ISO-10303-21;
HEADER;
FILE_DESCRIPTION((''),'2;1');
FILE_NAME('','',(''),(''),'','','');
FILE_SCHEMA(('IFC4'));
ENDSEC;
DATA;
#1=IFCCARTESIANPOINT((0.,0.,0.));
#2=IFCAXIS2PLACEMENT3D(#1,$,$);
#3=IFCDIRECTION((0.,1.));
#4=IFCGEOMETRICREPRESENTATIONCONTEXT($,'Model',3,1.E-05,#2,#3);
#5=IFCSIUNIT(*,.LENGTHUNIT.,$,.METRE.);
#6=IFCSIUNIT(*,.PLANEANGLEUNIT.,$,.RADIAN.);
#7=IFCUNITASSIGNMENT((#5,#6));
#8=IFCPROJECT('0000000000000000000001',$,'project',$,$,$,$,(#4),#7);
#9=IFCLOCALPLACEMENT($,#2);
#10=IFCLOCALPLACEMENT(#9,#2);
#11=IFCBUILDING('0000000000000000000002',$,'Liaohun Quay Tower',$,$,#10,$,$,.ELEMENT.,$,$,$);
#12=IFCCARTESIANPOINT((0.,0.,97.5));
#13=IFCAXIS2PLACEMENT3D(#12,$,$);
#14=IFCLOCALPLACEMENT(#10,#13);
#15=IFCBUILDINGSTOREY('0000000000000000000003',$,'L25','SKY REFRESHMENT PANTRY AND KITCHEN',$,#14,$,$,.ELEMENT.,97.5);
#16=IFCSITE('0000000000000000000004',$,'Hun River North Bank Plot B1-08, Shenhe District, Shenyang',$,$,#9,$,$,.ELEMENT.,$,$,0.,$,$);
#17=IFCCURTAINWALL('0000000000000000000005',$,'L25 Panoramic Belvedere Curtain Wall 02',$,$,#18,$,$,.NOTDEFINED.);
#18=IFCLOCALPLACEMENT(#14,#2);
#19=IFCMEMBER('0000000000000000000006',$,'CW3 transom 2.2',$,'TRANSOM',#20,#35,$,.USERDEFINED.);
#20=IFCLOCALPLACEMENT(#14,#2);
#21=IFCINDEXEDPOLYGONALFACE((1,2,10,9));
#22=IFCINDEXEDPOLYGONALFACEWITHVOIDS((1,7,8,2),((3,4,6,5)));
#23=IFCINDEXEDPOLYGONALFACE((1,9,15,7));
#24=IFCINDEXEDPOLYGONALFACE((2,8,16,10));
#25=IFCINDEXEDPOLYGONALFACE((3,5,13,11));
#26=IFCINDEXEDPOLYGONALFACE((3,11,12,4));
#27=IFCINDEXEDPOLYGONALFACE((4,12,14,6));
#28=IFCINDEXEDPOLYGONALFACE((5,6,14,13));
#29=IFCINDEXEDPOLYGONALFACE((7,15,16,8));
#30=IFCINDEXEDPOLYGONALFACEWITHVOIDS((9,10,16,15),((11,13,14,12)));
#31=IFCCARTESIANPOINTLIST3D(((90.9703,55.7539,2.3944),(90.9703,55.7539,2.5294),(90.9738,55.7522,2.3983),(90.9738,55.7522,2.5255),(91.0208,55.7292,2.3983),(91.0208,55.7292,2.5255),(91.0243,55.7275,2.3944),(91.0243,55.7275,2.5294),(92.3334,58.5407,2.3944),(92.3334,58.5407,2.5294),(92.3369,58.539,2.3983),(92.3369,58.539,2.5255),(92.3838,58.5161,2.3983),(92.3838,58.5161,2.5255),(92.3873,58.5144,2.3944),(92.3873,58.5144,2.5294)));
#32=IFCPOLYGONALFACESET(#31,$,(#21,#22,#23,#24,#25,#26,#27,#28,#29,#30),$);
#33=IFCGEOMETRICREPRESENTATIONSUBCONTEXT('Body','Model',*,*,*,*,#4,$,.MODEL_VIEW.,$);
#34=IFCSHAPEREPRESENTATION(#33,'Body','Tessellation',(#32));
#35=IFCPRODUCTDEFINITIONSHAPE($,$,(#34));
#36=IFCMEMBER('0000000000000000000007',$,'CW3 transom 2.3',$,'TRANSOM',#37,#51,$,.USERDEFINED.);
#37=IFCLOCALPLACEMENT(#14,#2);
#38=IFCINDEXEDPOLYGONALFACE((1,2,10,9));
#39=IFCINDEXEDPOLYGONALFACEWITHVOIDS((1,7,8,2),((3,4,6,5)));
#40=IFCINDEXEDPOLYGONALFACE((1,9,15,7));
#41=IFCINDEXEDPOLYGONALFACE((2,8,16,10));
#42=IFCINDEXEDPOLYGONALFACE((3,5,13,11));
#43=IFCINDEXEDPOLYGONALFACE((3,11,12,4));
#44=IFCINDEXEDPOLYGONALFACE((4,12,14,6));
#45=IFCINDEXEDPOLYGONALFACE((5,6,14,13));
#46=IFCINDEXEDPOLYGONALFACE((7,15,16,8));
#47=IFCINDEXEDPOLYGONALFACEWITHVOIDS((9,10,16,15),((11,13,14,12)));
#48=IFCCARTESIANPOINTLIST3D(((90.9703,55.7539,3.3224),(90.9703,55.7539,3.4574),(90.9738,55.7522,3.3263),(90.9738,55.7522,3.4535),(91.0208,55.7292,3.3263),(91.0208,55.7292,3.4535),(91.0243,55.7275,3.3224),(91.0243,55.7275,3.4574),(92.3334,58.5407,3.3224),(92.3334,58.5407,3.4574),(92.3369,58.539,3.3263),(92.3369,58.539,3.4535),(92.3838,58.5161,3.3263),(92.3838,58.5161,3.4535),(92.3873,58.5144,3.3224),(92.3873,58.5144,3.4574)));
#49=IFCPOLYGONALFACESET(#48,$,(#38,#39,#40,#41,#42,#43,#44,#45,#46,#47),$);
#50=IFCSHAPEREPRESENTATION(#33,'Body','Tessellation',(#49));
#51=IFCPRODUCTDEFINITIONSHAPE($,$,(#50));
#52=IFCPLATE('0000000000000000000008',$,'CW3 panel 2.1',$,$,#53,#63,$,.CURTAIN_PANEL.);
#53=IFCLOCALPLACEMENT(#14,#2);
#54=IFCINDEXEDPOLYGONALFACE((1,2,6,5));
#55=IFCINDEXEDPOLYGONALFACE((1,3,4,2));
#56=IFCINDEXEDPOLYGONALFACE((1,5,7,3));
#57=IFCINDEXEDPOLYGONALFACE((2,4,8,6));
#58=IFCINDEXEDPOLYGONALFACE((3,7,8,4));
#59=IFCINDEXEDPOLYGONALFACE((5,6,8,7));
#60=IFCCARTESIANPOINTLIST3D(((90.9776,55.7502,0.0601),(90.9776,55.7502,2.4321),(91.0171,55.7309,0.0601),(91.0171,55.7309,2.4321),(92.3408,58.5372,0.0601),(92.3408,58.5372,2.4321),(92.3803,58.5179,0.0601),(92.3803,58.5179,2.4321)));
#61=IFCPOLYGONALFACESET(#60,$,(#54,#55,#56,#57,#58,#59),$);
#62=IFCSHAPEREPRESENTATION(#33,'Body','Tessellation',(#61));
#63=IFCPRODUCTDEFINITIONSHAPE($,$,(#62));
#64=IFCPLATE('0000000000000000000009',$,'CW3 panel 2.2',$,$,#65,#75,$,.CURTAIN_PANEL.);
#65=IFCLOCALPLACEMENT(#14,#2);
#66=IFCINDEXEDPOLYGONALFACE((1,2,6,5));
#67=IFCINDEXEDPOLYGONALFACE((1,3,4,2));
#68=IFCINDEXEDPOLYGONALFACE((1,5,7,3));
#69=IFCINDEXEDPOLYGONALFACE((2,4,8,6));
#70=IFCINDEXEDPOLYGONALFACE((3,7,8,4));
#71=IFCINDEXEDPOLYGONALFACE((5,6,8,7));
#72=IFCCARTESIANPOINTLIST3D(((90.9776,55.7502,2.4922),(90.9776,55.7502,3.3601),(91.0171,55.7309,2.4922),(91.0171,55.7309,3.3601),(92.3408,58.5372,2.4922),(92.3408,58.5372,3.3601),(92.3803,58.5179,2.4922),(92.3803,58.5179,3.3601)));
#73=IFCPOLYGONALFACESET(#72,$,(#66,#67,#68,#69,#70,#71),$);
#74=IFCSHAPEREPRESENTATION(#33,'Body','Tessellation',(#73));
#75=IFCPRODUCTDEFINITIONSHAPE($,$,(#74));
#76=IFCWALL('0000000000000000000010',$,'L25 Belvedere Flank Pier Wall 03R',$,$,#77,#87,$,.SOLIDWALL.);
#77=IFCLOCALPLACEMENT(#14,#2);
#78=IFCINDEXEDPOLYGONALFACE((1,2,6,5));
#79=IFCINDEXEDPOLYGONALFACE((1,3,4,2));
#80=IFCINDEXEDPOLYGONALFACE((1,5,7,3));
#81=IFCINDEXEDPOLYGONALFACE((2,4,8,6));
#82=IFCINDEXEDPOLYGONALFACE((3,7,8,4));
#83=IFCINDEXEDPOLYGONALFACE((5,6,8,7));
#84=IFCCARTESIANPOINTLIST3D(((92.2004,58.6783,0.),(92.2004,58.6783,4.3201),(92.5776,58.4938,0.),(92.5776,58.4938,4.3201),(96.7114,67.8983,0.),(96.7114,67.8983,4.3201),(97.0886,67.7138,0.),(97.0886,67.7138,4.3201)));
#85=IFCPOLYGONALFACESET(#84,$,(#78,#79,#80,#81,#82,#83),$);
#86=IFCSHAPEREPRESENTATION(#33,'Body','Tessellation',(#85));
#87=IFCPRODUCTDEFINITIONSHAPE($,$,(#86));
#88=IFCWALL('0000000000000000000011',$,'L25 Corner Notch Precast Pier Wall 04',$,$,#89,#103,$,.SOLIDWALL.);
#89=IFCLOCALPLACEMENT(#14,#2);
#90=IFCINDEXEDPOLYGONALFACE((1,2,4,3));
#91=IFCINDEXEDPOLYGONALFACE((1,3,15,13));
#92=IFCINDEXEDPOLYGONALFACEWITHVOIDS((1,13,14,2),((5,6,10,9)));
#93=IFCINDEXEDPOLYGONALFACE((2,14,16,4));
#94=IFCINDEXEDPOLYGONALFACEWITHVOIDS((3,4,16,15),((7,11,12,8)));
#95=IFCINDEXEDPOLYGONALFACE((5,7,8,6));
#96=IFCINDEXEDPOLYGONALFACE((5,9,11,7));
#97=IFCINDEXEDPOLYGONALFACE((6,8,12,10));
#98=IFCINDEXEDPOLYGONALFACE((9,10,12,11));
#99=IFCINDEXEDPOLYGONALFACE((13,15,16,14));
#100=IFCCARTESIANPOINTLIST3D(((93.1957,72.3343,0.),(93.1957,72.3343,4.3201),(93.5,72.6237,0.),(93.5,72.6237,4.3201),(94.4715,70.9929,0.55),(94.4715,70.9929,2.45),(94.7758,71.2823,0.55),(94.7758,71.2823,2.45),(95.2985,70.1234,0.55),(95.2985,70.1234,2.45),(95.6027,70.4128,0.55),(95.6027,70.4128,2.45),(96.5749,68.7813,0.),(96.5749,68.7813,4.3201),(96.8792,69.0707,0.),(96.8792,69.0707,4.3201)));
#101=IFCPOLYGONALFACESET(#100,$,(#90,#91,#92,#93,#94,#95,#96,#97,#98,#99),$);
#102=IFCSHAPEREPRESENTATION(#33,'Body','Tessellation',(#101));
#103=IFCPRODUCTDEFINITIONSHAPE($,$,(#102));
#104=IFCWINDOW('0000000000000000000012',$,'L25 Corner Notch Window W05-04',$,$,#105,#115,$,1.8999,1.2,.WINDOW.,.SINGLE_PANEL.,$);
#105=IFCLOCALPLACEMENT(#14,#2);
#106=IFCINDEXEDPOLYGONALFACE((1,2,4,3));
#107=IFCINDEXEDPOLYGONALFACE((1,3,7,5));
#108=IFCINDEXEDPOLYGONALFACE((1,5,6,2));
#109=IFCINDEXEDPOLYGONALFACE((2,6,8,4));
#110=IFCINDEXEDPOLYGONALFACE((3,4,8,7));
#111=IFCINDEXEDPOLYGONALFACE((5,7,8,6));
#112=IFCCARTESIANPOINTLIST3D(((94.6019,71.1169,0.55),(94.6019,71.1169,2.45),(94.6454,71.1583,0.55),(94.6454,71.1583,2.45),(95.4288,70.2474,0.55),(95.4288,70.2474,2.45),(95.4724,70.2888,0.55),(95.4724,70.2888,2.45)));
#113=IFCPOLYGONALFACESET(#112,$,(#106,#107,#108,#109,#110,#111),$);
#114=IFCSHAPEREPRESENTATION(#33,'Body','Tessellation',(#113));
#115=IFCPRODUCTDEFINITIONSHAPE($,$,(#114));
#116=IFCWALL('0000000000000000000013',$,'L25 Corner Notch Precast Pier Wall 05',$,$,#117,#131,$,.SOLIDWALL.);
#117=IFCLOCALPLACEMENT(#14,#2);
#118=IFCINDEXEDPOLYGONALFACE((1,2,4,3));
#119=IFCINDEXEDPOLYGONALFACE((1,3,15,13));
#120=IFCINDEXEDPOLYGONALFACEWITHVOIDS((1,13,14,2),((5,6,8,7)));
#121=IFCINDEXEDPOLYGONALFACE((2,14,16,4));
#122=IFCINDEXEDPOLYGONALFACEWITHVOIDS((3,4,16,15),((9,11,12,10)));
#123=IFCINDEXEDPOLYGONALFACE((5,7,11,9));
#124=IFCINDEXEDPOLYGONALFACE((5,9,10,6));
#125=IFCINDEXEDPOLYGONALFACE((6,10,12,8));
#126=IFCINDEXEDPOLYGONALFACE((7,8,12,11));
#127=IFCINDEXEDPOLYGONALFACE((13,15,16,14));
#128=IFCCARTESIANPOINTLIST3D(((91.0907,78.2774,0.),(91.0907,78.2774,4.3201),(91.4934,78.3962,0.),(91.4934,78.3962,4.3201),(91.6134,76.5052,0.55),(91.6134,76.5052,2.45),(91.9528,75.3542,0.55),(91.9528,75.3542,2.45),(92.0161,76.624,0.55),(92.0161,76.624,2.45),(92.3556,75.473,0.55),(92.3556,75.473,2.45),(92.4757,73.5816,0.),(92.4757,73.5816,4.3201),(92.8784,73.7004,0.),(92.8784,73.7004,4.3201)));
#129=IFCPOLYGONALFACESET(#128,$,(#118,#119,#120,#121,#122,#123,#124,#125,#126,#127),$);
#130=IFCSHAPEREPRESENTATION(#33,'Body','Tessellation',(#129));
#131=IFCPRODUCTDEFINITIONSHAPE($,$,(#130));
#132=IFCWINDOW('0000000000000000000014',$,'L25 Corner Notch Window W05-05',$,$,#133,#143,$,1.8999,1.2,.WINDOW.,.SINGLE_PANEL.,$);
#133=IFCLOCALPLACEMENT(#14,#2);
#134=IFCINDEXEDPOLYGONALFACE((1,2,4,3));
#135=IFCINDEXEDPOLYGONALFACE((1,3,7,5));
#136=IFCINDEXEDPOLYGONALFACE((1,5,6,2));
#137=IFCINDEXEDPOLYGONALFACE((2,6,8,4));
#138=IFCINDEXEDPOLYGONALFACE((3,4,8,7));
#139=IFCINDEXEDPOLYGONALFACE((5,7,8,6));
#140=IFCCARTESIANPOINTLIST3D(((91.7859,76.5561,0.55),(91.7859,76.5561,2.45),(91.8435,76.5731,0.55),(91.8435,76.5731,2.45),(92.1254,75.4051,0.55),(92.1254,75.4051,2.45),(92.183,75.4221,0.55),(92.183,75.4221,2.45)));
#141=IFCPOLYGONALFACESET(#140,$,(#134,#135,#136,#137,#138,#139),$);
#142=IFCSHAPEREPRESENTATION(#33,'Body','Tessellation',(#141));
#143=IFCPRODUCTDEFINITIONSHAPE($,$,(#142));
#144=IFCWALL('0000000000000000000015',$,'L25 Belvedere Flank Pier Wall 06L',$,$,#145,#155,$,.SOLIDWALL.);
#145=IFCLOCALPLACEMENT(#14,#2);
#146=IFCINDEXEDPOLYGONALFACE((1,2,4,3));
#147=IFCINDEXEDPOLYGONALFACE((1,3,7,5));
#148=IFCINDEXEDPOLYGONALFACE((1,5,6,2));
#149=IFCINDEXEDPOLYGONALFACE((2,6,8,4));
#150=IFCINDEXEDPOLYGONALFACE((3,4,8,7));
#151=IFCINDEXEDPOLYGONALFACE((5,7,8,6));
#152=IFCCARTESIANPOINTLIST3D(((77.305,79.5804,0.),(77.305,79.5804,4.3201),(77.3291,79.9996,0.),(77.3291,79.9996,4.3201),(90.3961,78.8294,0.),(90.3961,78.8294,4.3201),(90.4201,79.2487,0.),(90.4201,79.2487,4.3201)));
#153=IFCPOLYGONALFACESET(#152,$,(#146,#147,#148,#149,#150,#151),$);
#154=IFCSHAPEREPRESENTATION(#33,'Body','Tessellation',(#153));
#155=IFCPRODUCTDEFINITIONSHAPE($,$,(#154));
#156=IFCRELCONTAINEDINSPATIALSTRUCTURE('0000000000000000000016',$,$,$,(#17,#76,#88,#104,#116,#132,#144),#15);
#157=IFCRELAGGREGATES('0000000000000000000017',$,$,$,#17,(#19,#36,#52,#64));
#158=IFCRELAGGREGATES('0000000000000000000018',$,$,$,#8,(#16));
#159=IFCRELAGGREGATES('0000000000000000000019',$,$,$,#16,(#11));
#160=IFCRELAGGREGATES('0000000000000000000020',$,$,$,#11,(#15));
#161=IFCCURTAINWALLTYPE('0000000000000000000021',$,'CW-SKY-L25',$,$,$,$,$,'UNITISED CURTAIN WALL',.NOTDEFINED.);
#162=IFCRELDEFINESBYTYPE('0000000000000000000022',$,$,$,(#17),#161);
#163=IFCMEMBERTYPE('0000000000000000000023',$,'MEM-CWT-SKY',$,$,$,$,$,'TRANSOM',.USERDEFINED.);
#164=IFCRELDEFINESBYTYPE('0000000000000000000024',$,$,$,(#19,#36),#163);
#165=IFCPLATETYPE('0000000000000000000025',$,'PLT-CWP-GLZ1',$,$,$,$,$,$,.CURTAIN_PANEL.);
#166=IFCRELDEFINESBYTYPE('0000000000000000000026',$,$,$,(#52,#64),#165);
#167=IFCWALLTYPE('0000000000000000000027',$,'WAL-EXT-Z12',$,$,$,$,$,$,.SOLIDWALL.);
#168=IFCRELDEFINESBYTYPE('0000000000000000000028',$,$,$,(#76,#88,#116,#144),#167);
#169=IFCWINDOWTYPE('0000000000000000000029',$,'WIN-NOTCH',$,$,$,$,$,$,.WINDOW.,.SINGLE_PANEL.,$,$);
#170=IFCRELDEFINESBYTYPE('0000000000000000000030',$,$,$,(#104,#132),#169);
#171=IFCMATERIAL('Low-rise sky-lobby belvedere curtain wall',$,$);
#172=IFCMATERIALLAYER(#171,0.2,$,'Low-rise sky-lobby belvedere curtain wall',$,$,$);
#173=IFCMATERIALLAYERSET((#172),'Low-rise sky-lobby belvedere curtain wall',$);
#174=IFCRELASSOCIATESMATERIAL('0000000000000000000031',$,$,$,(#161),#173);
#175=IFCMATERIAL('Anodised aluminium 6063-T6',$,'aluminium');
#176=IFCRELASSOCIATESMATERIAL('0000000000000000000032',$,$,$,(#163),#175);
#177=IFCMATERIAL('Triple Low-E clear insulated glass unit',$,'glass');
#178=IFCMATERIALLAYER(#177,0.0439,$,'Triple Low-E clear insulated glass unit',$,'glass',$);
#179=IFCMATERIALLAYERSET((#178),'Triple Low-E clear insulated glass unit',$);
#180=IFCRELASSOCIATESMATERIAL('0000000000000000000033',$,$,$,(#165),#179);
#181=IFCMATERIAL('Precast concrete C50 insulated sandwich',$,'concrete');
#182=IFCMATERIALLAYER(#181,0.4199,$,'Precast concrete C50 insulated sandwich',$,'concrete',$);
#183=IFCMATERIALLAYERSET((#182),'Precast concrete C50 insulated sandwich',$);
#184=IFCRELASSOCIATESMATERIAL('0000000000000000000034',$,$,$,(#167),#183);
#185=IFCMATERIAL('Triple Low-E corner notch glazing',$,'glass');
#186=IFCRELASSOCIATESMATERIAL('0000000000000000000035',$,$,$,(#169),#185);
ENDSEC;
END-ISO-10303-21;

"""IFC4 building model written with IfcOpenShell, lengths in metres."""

from ifc_helpers import new_model, si_unit, direction, frame, frame_2d, origin, origin_2d, place, context, subcontext, project, spatial, rectangle, hollow_rectangle, extrude, source, transform, mapped, material, layer, layer_set, material_profile, profile_set, type_object, element, fill, aggregate, save


model = new_model("IFC4")

# Units and contexts
model_context = context("Model", 3, precision=1e-05, world=origin(), true_north=direction((0.0, 1.0)))
body_context = subcontext(model_context, "Body", "Model", "MODEL_VIEW")
ifc_project = project(units=[si_unit("LENGTHUNIT", "METRE"), si_unit("PLANEANGLEUNIT", "RADIAN")], contexts=[model_context])

# Site, building, storey
site_placement = place(None, origin())
site = spatial("IfcSite", under=ifc_project, at=site_placement, Name="Hun River North Bank Plot B1-08, Shenhe District, Shenyang", CompositionType="ELEMENT", RefElevation=0.0)
building_placement = place(site_placement, origin())
building = spatial("IfcBuilding", under=site, at=building_placement, Name="Liaohun Quay Tower", CompositionType="ELEMENT")
storey_placement = place(building_placement, frame((0.0, 0.0, 97.5)))
storey = spatial("IfcBuildingStorey", under=building, at=storey_placement, Name="L25", Description="SKY REFRESHMENT PANTRY AND KITCHEN", CompositionType="ELEMENT", Elevation=97.5)

# Curtain wall
ifc_material_1 = material(Name="Low-rise sky-lobby belvedere curtain wall")
ifc_layer_1 = layer(ifc_material_1, 0.2, Name="Low-rise sky-lobby belvedere curtain wall")
ifc_layer_set_1 = layer_set([ifc_layer_1], Name="Low-rise sky-lobby belvedere curtain wall")
curtain_wall_type = type_object("IfcCurtainWallType", Name="CW-SKY-L25", ElementType="UNITISED CURTAIN WALL", PredefinedType="NOTDEFINED", material=ifc_layer_set_1)
curtain_wall_1_placement = place(storey_placement, origin())
curtain_wall_1 = element("IfcCurtainWall", 1, at=curtain_wall_1_placement, inside=storey, type_object=curtain_wall_type, Name="L25 Panoramic Belvedere Curtain Wall 02", PredefinedType="NOTDEFINED")
ifc_material_2 = material(Name="Anodised aluminium 6063-T6", Category="aluminium")

# Members
ifc_material_profile_1 = material_profile(ifc_material_2, hollow_rectangle(XDim=0.0601, YDim=0.135, WallThickness=0.0039, at=origin_2d()), Name="RHS135x60x4")
ifc_profile_set_1 = profile_set([ifc_material_profile_1], Name="Anodised aluminium 6063-T6")
member_type_1 = type_object("IfcMemberType", Name="MEM-CWT-SKY", ElementType="TRANSOM", PredefinedType="USERDEFINED", material=ifc_profile_set_1)
shared_shape_1 = source(origin(), body_context, "Body", "SweptSolid", [
    extrude(hollow_rectangle(XDim=0.0601, YDim=0.135, WallThickness=0.0039, at=origin_2d()), origin(), (0.0, 0.0, 1.0), 3.1023),
])
member_1_placement = place(storey_placement, frame((90.9973, 55.7407, 2.4619), z_axis=(0.439358, 0.898312, 0.0), x_axis=(-0.898312, 0.439358, 0.0)))
member_1 = element("IfcMember", 2, at=member_1_placement, type_object=member_type_1, Name="CW3 transom 2.2", ObjectType="TRANSOM", PredefinedType="USERDEFINED", context=body_context, shape_type="MappedRepresentation", body=[
    mapped(shared_shape_1, transform((0.0, 0.0, 0.0), x_axis=(1.0, 0.0, 0.0), y_axis=(0.0, 1.0, 0.0), z_axis=(0.0, 0.0, 1.0), scale=1.0)),
])
member_2_placement = place(storey_placement, frame((90.9973, 55.7407, 3.3899), z_axis=(0.439358, 0.898312, 0.0), x_axis=(-0.898312, 0.439358, 0.0)))
member_2 = element("IfcMember", 3, at=member_2_placement, type_object=member_type_1, Name="CW3 transom 2.3", ObjectType="TRANSOM", PredefinedType="USERDEFINED", context=body_context, shape_type="MappedRepresentation", body=[
    mapped(shared_shape_1, transform((0.0, 0.0, 0.0), x_axis=(1.0, 0.0, 0.0), y_axis=(0.0, 1.0, 0.0), z_axis=(0.0, 0.0, 1.0), scale=1.0)),
])

# Plates
ifc_material_3 = material(Name="Triple Low-E clear insulated glass unit", Category="glass")
ifc_layer_2 = layer(ifc_material_3, 0.0439, Name="Triple Low-E clear insulated glass unit", Category="glass")
ifc_layer_set_2 = layer_set([ifc_layer_2], Name="Triple Low-E clear insulated glass unit")
plate_type = type_object("IfcPlateType", Name="PLT-CWP-GLZ1", PredefinedType="CURTAIN_PANEL", material=ifc_layer_set_2)
shared_shape_2 = source(origin(), body_context, "Body", "SweptSolid", [
    extrude(rectangle(XDim=3.1025, YDim=0.0439, at=origin_2d()), origin(), (0.0, 0.0, 1.0), 2.3721),
])
plate_1_placement = place(storey_placement, frame((91.679, 57.134, 0.0601), z_axis=(0.0, 0.0, 1.0), x_axis=(0.439384, 0.898299, 0.0)))
plate_1 = element("IfcPlate", 4, at=plate_1_placement, type_object=plate_type, Name="CW3 panel 2.1", PredefinedType="CURTAIN_PANEL", context=body_context, shape_type="MappedRepresentation", body=[
    mapped(shared_shape_2, transform((0.0, 0.0, 0.0), x_axis=(1.0, 0.0, 0.0), y_axis=(0.0, 1.0, 0.0), z_axis=(0.0, 0.0, 1.0), scale=1.0)),
])
shared_shape_3 = source(origin(), body_context, "Body", "SweptSolid", [
    extrude(rectangle(XDim=3.1025, YDim=0.0439, at=origin_2d()), origin(), (0.0, 0.0, 1.0), 0.8679),
])
plate_2_placement = place(storey_placement, frame((91.679, 57.134, 2.4922), z_axis=(0.0, 0.0, 1.0), x_axis=(0.439384, 0.898299, 0.0)))
plate_2 = element("IfcPlate", 5, at=plate_2_placement, type_object=plate_type, Name="CW3 panel 2.2", PredefinedType="CURTAIN_PANEL", context=body_context, shape_type="MappedRepresentation", body=[
    mapped(shared_shape_3, transform((0.0, 0.0, 0.0), x_axis=(1.0, 0.0, 0.0), y_axis=(0.0, 1.0, 0.0), z_axis=(0.0, 0.0, 1.0), scale=1.0)),
])
aggregate(curtain_wall_1, [member_1, member_2, plate_1, plate_2])

# Wall
ifc_material_4 = material(Name="Precast concrete C50 insulated sandwich", Category="concrete")
ifc_layer_3 = layer(ifc_material_4, 0.4199, Name="Precast concrete C50 insulated sandwich", Category="concrete")
ifc_layer_set_3 = layer_set([ifc_layer_3], Name="Precast concrete C50 insulated sandwich")
wall_type = type_object("IfcWallType", Name="WAL-EXT-Z12", PredefinedType="SOLIDWALL", material=ifc_layer_set_3)
wall_1_placement = place(storey_placement, frame((92.3889, 58.5859, 0.0), z_axis=(0.0, 0.0, 1.0), x_axis=(0.439481, 0.898252, 0.0)))
element("IfcWall", 6, at=wall_1_placement, inside=storey, type_object=wall_type, Name="L25 Belvedere Flank Pier Wall 03R", PredefinedType="SOLIDWALL", context=body_context, shape_type="SweptSolid", body=[
    extrude(rectangle(XDim=10.2644, YDim=0.4199, at=frame_2d((5.1323, 0.0))), origin(), (0.0, 0.0, 1.0), 4.3201),
])

# Walls, openings, windows
wall_2_placement = place(storey_placement, frame((96.7271, 68.926, 0.0), z_axis=(0.0, 0.0, 1.0), x_axis=(-0.689159, 0.72461, 0.0)))
wall_2 = element("IfcWall", 7, at=wall_2_placement, inside=storey, type_object=wall_type, Name="L25 Corner Notch Precast Pier Wall 04", PredefinedType="SOLIDWALL", context=body_context, shape_type="SweptSolid", body=[
    extrude(rectangle(XDim=4.9033, YDim=0.4199, at=frame_2d((2.4517, 0.0))), origin(), (0.0, 0.0, 1.0), 4.3201),
])
shared_shape_4 = source(origin(), body_context, "Body", "SweptSolid", [
    extrude(rectangle(XDim=1.2, YDim=1.8999, at=frame_2d((0.6001, 0.95))), frame((0.0, 0.22, 0.0), z_axis=(0.0, -1.0, 0.0), x_axis=(1.0, 0.0, 0.0)), (0.0, 0.0, 1.0), 0.4399),
])
opening_1_placement = place(wall_2_placement, frame((1.8521, 0.0, 0.55)))
opening_1 = element("IfcOpeningElement", 8, at=opening_1_placement, cuts=wall_2, PredefinedType="OPENING", context=body_context, shape_type="MappedRepresentation", body=[
    mapped(shared_shape_4, transform((0.0, 0.0, 0.0), x_axis=(1.0, 0.0, 0.0), y_axis=(0.0, 1.0, 0.0), z_axis=(0.0, 0.0, 1.0), scale=1.0)),
])
ifc_material_5 = material(Name="Triple Low-E corner notch glazing", Category="glass")
window_type = type_object("IfcWindowType", Name="WIN-NOTCH", PartitioningType="SINGLE_PANEL", PredefinedType="WINDOW", material=ifc_material_5)
shared_shape_5 = source(origin(), body_context, "Body", "SweptSolid", [
    extrude(rectangle(XDim=1.2, YDim=1.8999, at=frame_2d((0.6001, 0.95))), frame((0.0, 0.03, 0.0), z_axis=(0.0, -1.0, 0.0), x_axis=(1.0, 0.0, 0.0)), (0.0, 0.0, 1.0), 0.0601),
])
window_1_placement = place(opening_1_placement, origin())
window_1 = element("IfcWindow", 9, at=window_1_placement, inside=storey, type_object=window_type, Name="L25 Corner Notch Window W05-04", OverallHeight=1.8999, OverallWidth=1.2, PartitioningType="SINGLE_PANEL", PredefinedType="WINDOW", context=body_context, shape_type="MappedRepresentation", body=[
    mapped(shared_shape_5, transform((0.0, 0.0, 0.0), x_axis=(1.0, 0.0, 0.0), y_axis=(0.0, 1.0, 0.0), z_axis=(0.0, 0.0, 1.0), scale=1.0)),
])
fill(opening_1, window_1)
wall_3_placement = place(storey_placement, frame((92.677, 73.6411, 0.0), z_axis=(0.0, 0.0, 1.0), x_axis=(-0.282898, 0.95915, 0.0)))
wall_3 = element("IfcWall", 10, at=wall_3_placement, inside=storey, type_object=wall_type, Name="L25 Corner Notch Precast Pier Wall 05", PredefinedType="SOLIDWALL", context=body_context, shape_type="SweptSolid", body=[
    extrude(rectangle(XDim=4.8958, YDim=0.4199, at=frame_2d((2.4478, 0.0))), origin(), (0.0, 0.0, 1.0), 4.3201),
])
opening_2_placement = place(wall_3_placement, frame((1.8479, 0.0, 0.55)))
opening_2 = element("IfcOpeningElement", 11, at=opening_2_placement, cuts=wall_3, PredefinedType="OPENING", context=body_context, shape_type="MappedRepresentation", body=[
    mapped(shared_shape_4, transform((0.0, 0.0, 0.0), x_axis=(1.0, 0.0, 0.0), y_axis=(0.0, 1.0, 0.0), z_axis=(0.0, 0.0, 1.0), scale=1.0)),
])
window_2_placement = place(opening_2_placement, origin())
window_2 = element("IfcWindow", 12, at=window_2_placement, inside=storey, type_object=window_type, Name="L25 Corner Notch Window W05-05", OverallHeight=1.8999, OverallWidth=1.2, PartitioningType="SINGLE_PANEL", PredefinedType="WINDOW", context=body_context, shape_type="MappedRepresentation", body=[
    mapped(shared_shape_5, transform((0.0, 0.0, 0.0), x_axis=(1.0, 0.0, 0.0), y_axis=(0.0, 1.0, 0.0), z_axis=(0.0, 0.0, 1.0), scale=1.0)),
])
fill(opening_2, window_2)

# Wall
wall_4_placement = place(storey_placement, frame((90.408, 79.0391, 0.0), z_axis=(0.0, 0.0, 1.0), x_axis=(-0.998359, 0.057271, 0.0)))
element("IfcWall", 13, at=wall_4_placement, inside=storey, type_object=wall_type, Name="L25 Belvedere Flank Pier Wall 06L", PredefinedType="SOLIDWALL", context=body_context, shape_type="SweptSolid", body=[
    extrude(rectangle(XDim=13.1125, YDim=0.4199, at=frame_2d((6.5562, 0.0))), origin(), (0.0, 0.0, 1.0), 4.3201),
])

save(model, "model.ifc")
